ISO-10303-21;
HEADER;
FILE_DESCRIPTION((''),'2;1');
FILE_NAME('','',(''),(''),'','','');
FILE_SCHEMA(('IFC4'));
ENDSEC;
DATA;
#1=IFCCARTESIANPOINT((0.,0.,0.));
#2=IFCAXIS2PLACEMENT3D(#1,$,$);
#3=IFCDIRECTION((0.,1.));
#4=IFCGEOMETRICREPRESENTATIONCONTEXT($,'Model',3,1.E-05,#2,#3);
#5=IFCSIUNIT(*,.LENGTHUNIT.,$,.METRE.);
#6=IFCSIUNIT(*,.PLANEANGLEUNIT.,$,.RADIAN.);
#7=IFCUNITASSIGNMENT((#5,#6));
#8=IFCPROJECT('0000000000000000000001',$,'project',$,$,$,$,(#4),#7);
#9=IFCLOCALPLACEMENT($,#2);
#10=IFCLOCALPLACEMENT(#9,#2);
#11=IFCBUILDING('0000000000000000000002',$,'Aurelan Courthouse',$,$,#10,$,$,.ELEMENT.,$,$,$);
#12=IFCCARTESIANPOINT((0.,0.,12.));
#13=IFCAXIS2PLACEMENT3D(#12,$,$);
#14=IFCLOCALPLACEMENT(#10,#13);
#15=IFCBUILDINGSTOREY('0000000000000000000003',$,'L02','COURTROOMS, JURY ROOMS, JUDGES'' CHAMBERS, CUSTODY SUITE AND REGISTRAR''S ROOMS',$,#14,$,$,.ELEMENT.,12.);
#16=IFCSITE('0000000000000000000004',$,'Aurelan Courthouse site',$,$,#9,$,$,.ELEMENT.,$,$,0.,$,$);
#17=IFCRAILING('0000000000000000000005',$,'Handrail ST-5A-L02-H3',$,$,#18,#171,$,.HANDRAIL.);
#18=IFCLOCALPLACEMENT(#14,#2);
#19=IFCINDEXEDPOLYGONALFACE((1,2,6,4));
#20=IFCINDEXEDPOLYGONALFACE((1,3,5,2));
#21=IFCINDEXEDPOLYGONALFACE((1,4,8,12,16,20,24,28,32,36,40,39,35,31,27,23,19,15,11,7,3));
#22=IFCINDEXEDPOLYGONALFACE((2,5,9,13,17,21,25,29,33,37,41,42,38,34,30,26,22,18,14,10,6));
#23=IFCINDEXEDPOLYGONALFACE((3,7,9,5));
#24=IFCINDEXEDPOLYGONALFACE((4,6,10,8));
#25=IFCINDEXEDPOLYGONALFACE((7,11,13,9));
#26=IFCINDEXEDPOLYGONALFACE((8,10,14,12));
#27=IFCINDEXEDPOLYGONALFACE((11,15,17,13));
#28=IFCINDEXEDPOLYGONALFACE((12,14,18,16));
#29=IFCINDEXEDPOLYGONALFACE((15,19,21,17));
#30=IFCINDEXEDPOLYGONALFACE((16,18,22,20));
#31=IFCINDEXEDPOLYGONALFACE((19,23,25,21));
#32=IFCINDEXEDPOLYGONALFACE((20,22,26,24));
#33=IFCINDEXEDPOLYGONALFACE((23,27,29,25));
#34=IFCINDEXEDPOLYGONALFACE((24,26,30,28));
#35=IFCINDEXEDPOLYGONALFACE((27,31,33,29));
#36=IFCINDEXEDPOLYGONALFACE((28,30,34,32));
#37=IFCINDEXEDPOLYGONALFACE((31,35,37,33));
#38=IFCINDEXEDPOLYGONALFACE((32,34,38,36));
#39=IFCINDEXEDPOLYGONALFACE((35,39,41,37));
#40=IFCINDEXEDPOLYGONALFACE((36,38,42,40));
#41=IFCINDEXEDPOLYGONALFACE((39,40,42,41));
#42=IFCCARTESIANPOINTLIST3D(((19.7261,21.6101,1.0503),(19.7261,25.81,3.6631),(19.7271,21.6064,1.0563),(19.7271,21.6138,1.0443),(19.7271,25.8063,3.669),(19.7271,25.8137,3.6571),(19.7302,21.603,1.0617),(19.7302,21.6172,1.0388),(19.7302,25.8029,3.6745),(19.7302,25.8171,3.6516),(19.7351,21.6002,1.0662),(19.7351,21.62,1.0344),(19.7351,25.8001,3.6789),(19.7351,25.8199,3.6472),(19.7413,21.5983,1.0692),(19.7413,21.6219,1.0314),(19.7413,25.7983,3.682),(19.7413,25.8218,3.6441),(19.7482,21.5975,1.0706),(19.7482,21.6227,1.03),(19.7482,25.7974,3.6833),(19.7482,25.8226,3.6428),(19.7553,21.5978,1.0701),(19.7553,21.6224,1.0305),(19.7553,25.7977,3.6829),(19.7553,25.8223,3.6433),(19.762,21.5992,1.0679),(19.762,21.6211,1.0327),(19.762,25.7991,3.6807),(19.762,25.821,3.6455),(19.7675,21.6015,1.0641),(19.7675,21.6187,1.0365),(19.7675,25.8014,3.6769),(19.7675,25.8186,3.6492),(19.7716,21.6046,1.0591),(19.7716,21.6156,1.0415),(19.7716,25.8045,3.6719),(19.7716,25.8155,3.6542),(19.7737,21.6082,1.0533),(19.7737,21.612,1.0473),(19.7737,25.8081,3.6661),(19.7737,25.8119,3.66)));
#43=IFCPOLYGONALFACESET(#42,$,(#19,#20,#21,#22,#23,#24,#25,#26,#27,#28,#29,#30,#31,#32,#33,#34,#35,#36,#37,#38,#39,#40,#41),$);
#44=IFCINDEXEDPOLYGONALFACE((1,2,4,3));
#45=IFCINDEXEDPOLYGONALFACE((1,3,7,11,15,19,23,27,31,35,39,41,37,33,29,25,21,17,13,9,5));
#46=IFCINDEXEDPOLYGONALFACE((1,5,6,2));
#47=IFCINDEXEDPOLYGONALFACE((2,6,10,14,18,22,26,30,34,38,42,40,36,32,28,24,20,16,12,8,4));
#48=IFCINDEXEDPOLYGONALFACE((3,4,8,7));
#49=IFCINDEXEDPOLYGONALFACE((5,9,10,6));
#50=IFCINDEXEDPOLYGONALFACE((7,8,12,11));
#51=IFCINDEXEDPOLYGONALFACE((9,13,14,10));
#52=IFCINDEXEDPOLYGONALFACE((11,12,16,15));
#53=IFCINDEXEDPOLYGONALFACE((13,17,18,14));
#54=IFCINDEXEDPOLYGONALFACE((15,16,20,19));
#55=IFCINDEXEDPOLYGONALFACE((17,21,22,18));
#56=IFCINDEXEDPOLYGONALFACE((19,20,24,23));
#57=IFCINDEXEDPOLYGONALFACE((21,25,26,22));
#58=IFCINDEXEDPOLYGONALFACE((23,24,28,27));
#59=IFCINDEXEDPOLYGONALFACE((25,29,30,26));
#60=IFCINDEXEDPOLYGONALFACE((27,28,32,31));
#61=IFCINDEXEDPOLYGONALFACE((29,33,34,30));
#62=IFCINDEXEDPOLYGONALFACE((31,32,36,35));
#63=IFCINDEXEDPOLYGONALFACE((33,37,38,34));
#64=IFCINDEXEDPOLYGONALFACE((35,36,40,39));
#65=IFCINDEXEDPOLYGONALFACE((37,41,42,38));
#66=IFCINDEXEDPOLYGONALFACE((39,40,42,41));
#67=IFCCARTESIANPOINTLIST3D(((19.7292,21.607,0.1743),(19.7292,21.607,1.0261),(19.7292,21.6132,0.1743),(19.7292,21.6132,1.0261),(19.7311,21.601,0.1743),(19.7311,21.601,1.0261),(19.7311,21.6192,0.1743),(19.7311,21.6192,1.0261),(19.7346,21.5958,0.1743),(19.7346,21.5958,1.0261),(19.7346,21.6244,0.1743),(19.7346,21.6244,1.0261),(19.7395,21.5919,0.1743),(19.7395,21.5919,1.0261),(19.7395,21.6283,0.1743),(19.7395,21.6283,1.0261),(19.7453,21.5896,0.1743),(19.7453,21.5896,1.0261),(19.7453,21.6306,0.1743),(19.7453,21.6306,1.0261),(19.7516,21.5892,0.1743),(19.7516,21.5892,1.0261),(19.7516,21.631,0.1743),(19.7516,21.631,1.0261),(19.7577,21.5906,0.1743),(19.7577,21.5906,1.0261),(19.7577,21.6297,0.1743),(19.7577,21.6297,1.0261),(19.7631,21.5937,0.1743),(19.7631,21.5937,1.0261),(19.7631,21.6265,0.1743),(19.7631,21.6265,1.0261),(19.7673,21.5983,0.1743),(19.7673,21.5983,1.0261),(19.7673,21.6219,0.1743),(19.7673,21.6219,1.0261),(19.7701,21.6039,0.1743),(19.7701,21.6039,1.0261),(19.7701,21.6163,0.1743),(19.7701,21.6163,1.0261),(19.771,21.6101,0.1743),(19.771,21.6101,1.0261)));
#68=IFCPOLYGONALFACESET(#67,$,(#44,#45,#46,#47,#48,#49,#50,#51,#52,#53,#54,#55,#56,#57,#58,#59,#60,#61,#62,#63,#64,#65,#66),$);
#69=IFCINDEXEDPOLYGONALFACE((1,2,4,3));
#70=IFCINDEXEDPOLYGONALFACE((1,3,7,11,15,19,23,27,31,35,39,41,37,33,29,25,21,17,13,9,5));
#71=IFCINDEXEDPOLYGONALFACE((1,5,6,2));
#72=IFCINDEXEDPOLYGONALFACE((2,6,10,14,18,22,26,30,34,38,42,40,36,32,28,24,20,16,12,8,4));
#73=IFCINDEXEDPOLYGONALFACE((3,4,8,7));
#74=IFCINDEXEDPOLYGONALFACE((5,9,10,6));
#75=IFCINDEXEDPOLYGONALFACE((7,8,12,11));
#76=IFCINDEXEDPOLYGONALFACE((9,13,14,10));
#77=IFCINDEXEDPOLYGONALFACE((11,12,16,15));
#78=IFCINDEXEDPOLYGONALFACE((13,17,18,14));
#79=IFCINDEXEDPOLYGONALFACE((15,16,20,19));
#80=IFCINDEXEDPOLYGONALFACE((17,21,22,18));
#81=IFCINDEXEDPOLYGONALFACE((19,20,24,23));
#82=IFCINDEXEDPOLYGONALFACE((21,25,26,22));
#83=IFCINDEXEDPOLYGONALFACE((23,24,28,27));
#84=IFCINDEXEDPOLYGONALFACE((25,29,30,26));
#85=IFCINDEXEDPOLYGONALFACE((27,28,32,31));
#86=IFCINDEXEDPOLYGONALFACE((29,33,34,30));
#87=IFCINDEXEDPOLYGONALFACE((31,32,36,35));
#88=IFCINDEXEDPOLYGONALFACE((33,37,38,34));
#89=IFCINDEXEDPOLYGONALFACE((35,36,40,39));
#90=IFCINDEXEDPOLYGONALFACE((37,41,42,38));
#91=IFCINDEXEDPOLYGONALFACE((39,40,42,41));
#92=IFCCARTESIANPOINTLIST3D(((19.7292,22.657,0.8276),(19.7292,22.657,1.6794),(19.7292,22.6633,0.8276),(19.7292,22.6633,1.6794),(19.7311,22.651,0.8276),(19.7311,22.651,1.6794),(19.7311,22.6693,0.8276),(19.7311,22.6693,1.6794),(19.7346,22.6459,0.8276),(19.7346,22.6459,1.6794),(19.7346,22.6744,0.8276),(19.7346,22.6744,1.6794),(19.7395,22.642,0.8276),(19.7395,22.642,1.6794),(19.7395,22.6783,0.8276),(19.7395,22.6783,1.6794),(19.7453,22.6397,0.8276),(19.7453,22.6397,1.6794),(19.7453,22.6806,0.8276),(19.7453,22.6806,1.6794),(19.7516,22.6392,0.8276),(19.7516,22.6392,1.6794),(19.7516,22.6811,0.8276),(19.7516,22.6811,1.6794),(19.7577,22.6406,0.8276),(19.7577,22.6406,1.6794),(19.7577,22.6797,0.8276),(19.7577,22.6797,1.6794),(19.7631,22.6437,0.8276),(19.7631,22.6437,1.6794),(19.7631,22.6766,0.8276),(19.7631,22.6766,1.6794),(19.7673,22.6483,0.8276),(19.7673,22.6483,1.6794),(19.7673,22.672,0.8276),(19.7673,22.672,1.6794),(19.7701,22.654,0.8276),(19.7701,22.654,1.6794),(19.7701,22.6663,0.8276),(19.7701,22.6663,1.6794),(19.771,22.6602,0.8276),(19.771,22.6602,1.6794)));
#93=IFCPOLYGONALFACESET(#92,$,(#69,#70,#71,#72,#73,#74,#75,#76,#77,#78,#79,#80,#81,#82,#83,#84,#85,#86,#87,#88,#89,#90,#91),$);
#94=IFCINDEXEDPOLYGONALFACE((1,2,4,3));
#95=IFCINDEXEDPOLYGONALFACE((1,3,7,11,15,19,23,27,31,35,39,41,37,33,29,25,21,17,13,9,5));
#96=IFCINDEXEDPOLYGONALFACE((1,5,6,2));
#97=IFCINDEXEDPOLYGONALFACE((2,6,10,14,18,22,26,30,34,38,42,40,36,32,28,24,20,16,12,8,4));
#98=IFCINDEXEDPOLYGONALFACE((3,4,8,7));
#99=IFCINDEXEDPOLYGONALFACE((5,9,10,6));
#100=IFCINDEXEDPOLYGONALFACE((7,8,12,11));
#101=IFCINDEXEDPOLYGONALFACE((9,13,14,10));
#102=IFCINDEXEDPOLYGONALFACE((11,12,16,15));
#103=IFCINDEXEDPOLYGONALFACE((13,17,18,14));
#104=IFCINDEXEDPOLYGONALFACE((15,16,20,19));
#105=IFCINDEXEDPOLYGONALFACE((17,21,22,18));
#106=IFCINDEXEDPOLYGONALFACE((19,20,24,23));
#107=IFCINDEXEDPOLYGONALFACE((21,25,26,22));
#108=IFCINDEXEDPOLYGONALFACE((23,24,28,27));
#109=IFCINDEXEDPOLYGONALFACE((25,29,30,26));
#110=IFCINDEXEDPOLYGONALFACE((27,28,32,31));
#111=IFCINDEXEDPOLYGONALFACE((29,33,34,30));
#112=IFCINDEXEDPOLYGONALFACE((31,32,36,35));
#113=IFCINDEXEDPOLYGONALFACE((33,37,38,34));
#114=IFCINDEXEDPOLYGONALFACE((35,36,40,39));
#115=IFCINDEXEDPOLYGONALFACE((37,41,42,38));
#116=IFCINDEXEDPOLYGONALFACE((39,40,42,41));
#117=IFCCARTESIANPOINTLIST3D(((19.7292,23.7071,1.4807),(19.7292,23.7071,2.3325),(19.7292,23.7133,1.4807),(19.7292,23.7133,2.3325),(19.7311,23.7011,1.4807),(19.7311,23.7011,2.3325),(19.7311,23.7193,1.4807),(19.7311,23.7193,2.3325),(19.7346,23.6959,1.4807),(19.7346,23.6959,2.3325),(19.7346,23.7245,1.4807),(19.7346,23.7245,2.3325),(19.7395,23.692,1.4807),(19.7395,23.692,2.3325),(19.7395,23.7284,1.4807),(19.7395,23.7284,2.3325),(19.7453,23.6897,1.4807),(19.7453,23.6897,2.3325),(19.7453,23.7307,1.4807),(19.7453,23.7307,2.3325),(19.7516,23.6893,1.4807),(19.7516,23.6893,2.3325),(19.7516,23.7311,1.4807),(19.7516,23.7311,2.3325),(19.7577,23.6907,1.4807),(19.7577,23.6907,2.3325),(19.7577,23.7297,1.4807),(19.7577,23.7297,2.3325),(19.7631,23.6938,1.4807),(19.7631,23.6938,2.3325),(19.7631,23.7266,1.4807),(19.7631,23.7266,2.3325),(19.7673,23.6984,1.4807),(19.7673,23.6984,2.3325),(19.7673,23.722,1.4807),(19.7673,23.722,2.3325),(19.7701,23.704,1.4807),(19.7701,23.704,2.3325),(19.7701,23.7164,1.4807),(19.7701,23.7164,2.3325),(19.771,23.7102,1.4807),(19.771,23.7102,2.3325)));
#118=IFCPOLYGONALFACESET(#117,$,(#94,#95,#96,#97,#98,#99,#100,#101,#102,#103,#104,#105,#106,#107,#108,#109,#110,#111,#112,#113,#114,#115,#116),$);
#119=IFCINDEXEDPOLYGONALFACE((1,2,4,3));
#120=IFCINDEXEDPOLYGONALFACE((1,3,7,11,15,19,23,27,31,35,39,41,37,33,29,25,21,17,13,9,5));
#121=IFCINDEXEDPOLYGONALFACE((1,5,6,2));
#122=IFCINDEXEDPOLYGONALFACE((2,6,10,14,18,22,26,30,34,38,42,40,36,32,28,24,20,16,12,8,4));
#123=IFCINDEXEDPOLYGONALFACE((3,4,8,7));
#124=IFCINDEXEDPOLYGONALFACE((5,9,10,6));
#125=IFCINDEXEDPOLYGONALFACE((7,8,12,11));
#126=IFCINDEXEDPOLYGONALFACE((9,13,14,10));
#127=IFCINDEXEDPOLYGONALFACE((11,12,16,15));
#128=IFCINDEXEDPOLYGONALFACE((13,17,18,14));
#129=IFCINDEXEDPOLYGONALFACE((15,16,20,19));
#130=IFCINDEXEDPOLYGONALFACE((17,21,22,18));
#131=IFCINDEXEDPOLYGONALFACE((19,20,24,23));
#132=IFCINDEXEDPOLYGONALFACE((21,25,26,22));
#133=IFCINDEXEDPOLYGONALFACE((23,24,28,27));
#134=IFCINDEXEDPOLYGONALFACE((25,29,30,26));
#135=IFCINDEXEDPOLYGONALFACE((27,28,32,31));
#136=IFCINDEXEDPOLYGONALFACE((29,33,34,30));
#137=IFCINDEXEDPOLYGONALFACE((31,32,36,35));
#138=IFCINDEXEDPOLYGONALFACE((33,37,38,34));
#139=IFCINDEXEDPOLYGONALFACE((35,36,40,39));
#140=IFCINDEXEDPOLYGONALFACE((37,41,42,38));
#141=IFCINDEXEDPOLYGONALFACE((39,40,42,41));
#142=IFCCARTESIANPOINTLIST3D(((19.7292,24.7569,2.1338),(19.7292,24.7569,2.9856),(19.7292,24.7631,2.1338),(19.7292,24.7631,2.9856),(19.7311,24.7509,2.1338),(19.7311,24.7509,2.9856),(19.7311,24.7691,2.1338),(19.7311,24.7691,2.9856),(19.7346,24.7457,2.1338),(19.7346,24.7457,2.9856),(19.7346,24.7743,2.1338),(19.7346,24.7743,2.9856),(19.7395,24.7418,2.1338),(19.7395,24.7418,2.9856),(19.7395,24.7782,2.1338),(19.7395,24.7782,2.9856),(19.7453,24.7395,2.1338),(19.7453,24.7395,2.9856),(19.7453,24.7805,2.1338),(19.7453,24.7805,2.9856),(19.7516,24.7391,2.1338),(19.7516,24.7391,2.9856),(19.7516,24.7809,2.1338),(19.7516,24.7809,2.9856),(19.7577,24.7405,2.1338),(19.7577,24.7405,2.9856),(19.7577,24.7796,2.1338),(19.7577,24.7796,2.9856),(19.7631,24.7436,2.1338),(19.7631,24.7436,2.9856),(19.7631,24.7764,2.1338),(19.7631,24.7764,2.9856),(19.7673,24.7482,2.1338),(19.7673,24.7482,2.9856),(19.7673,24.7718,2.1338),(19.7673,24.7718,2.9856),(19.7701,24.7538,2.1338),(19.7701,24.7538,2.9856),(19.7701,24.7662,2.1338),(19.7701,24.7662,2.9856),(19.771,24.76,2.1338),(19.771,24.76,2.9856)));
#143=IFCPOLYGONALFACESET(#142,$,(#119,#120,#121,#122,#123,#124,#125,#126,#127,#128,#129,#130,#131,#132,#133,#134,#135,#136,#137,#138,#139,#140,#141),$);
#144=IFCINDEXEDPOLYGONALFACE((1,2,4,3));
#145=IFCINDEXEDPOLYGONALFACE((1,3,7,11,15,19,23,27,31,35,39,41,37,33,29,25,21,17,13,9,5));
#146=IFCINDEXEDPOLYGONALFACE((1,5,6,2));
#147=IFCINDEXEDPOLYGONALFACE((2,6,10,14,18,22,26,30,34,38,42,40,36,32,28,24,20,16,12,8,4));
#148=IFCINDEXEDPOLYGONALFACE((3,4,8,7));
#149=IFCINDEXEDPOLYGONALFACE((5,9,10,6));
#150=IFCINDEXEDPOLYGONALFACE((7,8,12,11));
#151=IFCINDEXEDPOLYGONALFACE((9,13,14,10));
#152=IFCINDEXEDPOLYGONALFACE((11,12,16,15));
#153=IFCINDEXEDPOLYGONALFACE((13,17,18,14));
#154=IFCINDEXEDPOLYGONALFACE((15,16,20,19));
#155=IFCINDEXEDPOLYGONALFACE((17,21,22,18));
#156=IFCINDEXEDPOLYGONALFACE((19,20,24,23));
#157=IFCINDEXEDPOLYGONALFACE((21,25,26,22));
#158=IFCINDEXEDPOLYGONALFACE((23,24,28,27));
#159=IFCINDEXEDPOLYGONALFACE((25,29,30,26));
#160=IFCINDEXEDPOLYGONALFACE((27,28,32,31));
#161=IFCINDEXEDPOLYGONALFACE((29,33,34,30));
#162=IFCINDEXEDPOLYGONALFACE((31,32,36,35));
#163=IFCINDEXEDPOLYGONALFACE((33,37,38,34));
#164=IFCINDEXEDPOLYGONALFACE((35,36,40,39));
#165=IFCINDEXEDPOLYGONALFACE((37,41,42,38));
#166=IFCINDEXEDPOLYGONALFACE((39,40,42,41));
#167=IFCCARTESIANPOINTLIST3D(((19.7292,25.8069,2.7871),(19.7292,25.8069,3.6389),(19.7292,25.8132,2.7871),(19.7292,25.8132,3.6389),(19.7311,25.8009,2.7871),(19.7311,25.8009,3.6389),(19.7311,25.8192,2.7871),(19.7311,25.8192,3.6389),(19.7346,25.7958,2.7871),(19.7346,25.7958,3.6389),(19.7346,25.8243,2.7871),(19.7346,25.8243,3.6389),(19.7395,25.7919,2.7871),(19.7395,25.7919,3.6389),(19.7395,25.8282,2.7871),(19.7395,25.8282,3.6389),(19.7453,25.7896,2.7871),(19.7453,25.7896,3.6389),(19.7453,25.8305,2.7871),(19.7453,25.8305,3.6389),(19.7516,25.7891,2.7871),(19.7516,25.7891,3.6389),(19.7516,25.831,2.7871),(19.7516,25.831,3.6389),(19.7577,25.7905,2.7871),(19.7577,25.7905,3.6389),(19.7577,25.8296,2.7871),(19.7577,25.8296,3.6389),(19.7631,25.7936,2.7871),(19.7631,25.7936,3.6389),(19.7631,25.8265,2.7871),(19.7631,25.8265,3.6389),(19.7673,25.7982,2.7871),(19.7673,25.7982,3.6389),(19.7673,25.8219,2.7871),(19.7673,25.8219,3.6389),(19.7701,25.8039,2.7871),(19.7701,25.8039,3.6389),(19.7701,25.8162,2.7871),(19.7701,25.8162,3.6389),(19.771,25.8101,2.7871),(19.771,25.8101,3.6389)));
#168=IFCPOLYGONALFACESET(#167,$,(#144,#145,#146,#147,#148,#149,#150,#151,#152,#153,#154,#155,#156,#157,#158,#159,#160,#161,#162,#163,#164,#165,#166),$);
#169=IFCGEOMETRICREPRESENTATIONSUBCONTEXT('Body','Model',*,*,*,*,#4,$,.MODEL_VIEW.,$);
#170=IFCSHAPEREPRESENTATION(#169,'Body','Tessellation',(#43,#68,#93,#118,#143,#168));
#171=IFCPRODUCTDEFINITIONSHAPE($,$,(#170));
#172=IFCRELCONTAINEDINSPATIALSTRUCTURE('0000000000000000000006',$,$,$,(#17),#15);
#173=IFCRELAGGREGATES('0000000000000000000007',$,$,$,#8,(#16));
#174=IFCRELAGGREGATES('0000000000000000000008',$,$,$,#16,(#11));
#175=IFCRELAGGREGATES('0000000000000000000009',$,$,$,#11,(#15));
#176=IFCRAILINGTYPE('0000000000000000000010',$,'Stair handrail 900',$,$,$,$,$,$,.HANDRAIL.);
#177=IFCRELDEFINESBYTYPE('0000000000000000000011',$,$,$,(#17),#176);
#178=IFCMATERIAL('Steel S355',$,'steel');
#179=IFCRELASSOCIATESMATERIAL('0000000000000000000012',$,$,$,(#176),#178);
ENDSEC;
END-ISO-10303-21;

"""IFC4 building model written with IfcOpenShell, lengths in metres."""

from ifc_helpers import new_model, si_unit, direction, frame, origin, origin_2d, place, context, subcontext, project, spatial, circle, extrude, material, type_object, element, save


model = new_model("IFC4")

# Units and contexts
model_context = context("Model", 3, precision=1e-05, world=origin(), true_north=direction((0.0, 1.0)))
body_context = subcontext(model_context, "Body", "Model", "MODEL_VIEW")
ifc_project = project(units=[si_unit("LENGTHUNIT", "METRE"), si_unit("PLANEANGLEUNIT", "RADIAN")], contexts=[model_context])

# Site, building, storey
site_placement = place(None, origin())
site = spatial("IfcSite", under=ifc_project, at=site_placement, Name="Aurelan Courthouse site", CompositionType="ELEMENT", RefElevation=0.0)
building_placement = place(site_placement, origin())
building = spatial("IfcBuilding", under=site, at=building_placement, Name="Aurelan Courthouse", CompositionType="ELEMENT")
storey_placement = place(building_placement, frame((0.0, 0.0, 12.0)))
storey = spatial("IfcBuildingStorey", under=building, at=storey_placement, Name="L02", Description="COURTROOMS, JURY ROOMS, JUDGES' CHAMBERS, CUSTODY SUITE AND REGISTRAR'S ROOMS", CompositionType="ELEMENT", Elevation=12.0)

# Railing
ifc_material_1 = material(Name="Steel S355", Category="steel")
railing_type_1 = type_object("IfcRailingType", Name="Stair handrail 900", PredefinedType="HANDRAIL", material=ifc_material_1)
for number, where, name in (
    (1, (19.75, 21.6101, 0.1743), "Handrail ST-5A-L02-H3"),
):
    element("IfcRailing", number, at=place(storey_placement, frame(where)), inside=storey, type_object=railing_type_1, Name=name, PredefinedType="HANDRAIL", context=body_context, shape_type="SweptSolid", body=[
        extrude(circle(Radius=0.0239, at=origin_2d()), frame((0.0, 0.0, 0.876), z_axis=(0.0, 0.849103, 0.528228), x_axis=(-1.0, 0.0, 0.0)), (0.0, 0.0, 1.0), 4.9463),
        extrude(circle(Radius=0.021, at=origin_2d()), origin(), (0.0, 0.0, 1.0), 0.8518),
        extrude(circle(Radius=0.021, at=origin_2d()), frame((0.0, 1.05, 0.6533)), (0.0, 0.0, 1.0), 0.8518),
        extrude(circle(Radius=0.021, at=origin_2d()), frame((0.0, 2.1001, 1.3064)), (0.0, 0.0, 1.0), 0.8518),
        extrude(circle(Radius=0.021, at=origin_2d()), frame((0.0, 3.1499, 1.9595)), (0.0, 0.0, 1.0), 0.8518),
        extrude(circle(Radius=0.021, at=origin_2d()), frame((0.0, 4.2, 2.6128)), (0.0, 0.0, 1.0), 0.8518),
    ])

save(model, "model.ifc")
